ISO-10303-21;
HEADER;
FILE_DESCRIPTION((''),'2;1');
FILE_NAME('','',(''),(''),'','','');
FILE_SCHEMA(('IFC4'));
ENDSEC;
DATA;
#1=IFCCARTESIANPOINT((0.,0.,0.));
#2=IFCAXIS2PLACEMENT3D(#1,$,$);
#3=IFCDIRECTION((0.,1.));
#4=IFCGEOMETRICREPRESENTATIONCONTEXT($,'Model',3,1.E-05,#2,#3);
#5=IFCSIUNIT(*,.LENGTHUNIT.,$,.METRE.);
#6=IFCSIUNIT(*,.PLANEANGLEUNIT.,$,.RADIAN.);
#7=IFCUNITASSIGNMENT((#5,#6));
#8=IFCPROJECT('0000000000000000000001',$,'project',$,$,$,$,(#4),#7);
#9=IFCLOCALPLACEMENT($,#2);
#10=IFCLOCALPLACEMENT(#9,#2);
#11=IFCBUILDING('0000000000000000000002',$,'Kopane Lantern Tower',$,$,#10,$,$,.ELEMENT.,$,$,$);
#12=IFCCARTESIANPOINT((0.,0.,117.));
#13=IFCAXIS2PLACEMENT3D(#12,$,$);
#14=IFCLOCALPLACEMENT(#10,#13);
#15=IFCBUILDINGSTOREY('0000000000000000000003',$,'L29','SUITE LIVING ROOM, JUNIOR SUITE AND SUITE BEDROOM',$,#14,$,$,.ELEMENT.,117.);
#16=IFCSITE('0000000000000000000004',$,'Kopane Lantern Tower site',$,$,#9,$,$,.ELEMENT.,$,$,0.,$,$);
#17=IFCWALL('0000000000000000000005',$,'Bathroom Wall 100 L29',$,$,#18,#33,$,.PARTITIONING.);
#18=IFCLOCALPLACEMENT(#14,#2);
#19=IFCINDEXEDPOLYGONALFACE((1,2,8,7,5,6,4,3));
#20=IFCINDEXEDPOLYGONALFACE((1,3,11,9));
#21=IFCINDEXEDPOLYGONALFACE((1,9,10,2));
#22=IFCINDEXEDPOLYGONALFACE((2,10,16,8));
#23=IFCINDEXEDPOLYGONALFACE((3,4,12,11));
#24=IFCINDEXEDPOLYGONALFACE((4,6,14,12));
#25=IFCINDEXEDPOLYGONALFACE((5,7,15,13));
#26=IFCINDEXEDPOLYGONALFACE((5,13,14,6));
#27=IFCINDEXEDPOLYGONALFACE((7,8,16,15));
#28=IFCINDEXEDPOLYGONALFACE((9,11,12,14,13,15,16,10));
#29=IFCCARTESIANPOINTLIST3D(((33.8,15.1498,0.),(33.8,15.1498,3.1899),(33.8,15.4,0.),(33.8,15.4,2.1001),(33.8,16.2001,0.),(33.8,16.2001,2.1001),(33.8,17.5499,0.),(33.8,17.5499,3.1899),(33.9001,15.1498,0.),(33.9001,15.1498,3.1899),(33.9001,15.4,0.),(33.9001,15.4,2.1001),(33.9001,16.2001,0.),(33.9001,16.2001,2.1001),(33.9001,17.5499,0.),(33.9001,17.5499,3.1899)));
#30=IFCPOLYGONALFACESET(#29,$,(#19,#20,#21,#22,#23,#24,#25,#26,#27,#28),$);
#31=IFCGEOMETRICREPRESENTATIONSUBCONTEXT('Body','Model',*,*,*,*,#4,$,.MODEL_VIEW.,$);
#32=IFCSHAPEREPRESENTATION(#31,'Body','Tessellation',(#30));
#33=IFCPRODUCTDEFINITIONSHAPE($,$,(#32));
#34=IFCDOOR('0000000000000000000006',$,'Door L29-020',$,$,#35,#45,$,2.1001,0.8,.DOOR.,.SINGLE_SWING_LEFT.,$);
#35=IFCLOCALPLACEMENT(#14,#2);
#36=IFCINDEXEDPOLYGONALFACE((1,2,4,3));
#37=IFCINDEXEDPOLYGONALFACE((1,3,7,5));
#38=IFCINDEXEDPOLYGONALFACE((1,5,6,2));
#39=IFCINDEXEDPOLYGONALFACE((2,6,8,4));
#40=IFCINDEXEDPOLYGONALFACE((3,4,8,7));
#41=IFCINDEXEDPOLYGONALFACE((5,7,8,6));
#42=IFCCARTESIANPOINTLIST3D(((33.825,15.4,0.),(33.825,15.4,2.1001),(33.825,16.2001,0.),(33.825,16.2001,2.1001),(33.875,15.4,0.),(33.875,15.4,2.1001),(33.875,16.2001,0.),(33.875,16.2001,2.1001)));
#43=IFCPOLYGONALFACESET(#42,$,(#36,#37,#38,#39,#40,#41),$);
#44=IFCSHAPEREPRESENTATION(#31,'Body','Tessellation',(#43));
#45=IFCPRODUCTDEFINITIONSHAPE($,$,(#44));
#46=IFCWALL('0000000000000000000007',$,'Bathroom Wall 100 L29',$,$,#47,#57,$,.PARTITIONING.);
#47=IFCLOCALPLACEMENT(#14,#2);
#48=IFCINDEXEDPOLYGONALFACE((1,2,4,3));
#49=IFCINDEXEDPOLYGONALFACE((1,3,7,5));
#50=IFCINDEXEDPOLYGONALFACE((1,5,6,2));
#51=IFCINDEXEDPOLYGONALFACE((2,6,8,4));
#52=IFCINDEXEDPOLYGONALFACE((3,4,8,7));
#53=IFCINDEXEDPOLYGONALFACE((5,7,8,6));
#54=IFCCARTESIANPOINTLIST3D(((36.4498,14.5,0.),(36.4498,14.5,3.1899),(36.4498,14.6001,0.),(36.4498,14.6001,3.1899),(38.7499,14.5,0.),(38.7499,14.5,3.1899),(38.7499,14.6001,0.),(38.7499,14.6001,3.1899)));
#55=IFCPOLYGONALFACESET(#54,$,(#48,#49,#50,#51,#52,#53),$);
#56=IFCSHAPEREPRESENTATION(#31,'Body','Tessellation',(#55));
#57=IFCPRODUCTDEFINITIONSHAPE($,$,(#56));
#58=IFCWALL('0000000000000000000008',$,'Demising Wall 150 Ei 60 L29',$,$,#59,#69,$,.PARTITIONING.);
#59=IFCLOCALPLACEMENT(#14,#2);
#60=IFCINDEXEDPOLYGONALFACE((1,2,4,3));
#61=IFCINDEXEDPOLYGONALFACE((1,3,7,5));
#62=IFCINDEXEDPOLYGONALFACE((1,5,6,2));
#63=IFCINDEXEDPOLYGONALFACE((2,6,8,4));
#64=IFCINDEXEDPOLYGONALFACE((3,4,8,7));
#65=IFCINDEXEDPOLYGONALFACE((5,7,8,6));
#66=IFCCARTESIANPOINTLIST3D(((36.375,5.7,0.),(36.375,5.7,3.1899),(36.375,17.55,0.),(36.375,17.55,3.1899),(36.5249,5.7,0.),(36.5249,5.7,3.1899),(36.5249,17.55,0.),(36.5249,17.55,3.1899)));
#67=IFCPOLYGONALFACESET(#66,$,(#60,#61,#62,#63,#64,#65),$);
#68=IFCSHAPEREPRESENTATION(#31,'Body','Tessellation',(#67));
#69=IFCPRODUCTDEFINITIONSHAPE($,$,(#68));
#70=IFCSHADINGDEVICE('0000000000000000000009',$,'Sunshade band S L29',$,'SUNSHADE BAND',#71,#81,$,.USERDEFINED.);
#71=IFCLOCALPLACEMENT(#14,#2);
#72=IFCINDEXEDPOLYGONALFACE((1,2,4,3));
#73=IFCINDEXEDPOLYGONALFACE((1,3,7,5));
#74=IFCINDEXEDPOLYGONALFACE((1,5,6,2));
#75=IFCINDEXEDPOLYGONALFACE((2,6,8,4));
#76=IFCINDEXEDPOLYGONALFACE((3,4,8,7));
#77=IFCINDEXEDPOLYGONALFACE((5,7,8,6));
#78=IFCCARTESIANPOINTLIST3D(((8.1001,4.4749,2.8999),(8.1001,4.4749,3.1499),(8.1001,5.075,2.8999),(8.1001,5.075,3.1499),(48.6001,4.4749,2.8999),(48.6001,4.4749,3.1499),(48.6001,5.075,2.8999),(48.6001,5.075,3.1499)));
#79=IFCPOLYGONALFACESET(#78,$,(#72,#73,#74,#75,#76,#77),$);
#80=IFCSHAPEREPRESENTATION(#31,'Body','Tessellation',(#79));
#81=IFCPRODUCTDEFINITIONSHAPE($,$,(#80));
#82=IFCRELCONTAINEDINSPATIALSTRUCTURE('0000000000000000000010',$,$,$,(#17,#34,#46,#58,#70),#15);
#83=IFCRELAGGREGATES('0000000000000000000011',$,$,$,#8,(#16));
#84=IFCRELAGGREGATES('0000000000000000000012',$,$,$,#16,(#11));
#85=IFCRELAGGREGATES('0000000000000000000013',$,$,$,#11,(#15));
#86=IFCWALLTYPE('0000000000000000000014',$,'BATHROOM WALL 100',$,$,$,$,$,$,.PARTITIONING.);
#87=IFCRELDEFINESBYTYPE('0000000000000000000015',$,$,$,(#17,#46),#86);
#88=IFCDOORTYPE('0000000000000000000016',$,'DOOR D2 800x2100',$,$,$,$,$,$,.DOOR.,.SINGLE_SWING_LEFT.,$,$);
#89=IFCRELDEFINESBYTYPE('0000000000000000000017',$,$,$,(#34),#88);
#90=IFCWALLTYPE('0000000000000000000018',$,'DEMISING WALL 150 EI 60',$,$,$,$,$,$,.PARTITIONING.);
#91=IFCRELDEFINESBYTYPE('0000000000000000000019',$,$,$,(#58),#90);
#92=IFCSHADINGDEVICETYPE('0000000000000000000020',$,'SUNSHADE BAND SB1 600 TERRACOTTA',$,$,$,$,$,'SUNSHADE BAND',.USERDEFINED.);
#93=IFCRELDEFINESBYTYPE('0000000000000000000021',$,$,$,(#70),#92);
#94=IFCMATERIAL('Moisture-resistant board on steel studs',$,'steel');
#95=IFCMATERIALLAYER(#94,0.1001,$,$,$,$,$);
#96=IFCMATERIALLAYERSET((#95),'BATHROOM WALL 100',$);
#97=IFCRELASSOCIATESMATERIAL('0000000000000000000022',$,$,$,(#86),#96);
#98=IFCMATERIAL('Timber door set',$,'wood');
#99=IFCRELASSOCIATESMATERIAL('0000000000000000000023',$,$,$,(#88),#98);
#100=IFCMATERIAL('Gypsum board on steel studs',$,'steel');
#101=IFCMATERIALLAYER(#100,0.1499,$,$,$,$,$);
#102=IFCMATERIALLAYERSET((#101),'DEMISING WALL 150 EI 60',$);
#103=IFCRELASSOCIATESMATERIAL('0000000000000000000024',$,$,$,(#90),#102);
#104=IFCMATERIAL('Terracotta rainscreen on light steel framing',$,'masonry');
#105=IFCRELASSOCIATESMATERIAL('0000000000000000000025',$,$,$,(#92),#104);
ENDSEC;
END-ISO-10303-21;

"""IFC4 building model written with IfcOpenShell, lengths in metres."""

from ifc_helpers import new_model, si_unit, direction, frame, frame_2d, origin, origin_2d, place, context, subcontext, project, spatial, rectangle, extrude, material, layer, layer_set, type_object, element, fill, save


model = new_model("IFC4")

# Units and contexts
model_context = context("Model", 3, precision=1e-05, world=origin(), true_north=direction((0.0, 1.0)))
body_context = subcontext(model_context, "Body", "Model", "MODEL_VIEW")
ifc_project = project(units=[si_unit("LENGTHUNIT", "METRE"), si_unit("PLANEANGLEUNIT", "RADIAN")], contexts=[model_context])

# Site, building, storey
site_placement = place(None, origin())
site = spatial("IfcSite", under=ifc_project, at=site_placement, Name="Kopane Lantern Tower site", CompositionType="ELEMENT", RefElevation=0.0)
building_placement = place(site_placement, origin())
building = spatial("IfcBuilding", under=site, at=building_placement, Name="Kopane Lantern Tower", CompositionType="ELEMENT")
storey_placement = place(building_placement, frame((0.0, 0.0, 117.0)))
storey = spatial("IfcBuildingStorey", under=building, at=storey_placement, Name="L29", Description="SUITE LIVING ROOM, JUNIOR SUITE AND SUITE BEDROOM", CompositionType="ELEMENT", Elevation=117.0)

# Shared definitions
ifc_material_1 = material(Name="Moisture-resistant board on steel studs", Category="steel")
ifc_layer_1 = layer(ifc_material_1, 0.1001)
ifc_layer_set_1 = layer_set([ifc_layer_1], Name="BATHROOM WALL 100")
wall_type_1 = type_object("IfcWallType", Name="BATHROOM WALL 100", PredefinedType="PARTITIONING", material=ifc_layer_set_1)
ifc_material_2 = material(Name="Timber door set", Category="wood")
door_type_1 = type_object("IfcDoorType", Name="DOOR D2 800x2100", OperationType="SINGLE_SWING_LEFT", PredefinedType="DOOR", material=ifc_material_2)

# Wall, opening, door
wall_1_placement = place(storey_placement, frame((33.8501, 17.55, 0.0), z_axis=(0.0, 0.0, 1.0), x_axis=(0.0, -1.0, 0.0)))
wall_1 = element("IfcWall", 1, at=wall_1_placement, inside=storey, type_object=wall_type_1, Name="Bathroom Wall 100 L29", PredefinedType="PARTITIONING", context=body_context, shape_type="SweptSolid", body=[
    extrude(rectangle(XDim=2.4001, YDim=0.1001, at=frame_2d((1.2002, 0.0))), origin(), (0.0, 0.0, 1.0), 3.1899),
])
opening_1_placement = place(wall_1_placement, frame((1.3501, 0.0, 0.0)))
opening_1 = element("IfcOpeningElement", 2, at=opening_1_placement, cuts=wall_1, PredefinedType="OPENING", context=body_context, shape_type="SweptSolid", body=[
    extrude(rectangle(XDim=0.8, YDim=2.1001, at=frame_2d((0.3999, 1.05))), frame((0.0, 0.0601, 0.0), z_axis=(0.0, -1.0, 0.0), x_axis=(1.0, 0.0, 0.0)), (0.0, 0.0, 1.0), 0.1201),
])
door_1_placement = place(opening_1_placement, origin())
door_1 = element("IfcDoor", 3, at=door_1_placement, inside=storey, type_object=door_type_1, Name="Door L29-020", OperationType="SINGLE_SWING_LEFT", OverallHeight=2.1001, OverallWidth=0.8, PredefinedType="DOOR", context=body_context, shape_type="SweptSolid", body=[
    extrude(rectangle(XDim=0.8, YDim=2.1001, at=frame_2d((0.3999, 1.05))), frame((0.0, 0.0249, 0.0), z_axis=(0.0, -1.0, 0.0), x_axis=(1.0, 0.0, 0.0)), (0.0, 0.0, 1.0), 0.05),
])
fill(opening_1, door_1)

# Walls
wall_2_placement = place(storey_placement, frame((36.45, 14.55, 0.0), z_axis=(0.0, 0.0, 1.0), x_axis=(1.0, 0.0, 0.0)))
element("IfcWall", 4, at=wall_2_placement, inside=storey, type_object=wall_type_1, Name="Bathroom Wall 100 L29", PredefinedType="PARTITIONING", context=body_context, shape_type="SweptSolid", body=[
    extrude(rectangle(XDim=2.3, YDim=0.1001, at=frame_2d((1.1499, 0.0))), origin(), (0.0, 0.0, 1.0), 3.1899),
])
ifc_material_3 = material(Name="Gypsum board on steel studs", Category="steel")
ifc_layer_2 = layer(ifc_material_3, 0.1499)
ifc_layer_set_2 = layer_set([ifc_layer_2], Name="DEMISING WALL 150 EI 60")
wall_type_2 = type_object("IfcWallType", Name="DEMISING WALL 150 EI 60", PredefinedType="PARTITIONING", material=ifc_layer_set_2)
wall_3_placement = place(storey_placement, frame((36.45, 17.55, 0.0), z_axis=(0.0, 0.0, 1.0), x_axis=(0.0, -1.0, 0.0)))
element("IfcWall", 5, at=wall_3_placement, inside=storey, type_object=wall_type_2, Name="Demising Wall 150 Ei 60 L29", PredefinedType="PARTITIONING", context=body_context, shape_type="SweptSolid", body=[
    extrude(rectangle(XDim=11.8501, YDim=0.1499, at=frame_2d((5.925, 0.0))), origin(), (0.0, 0.0, 1.0), 3.1899),
])

# Shading device
ifc_material_4 = material(Name="Terracotta rainscreen on light steel framing", Category="masonry")
shading_device_type = type_object("IfcShadingDeviceType", Name="SUNSHADE BAND SB1 600 TERRACOTTA", ElementType="SUNSHADE BAND", PredefinedType="USERDEFINED", material=ifc_material_4)
shading_device_placement = place(storey_placement, frame((28.3501, 4.7749, 2.8999), z_axis=(0.0, 0.0, 1.0), x_axis=(1.0, 0.0, 0.0)))
element("IfcShadingDevice", 6, at=shading_device_placement, inside=storey, type_object=shading_device_type, Name="Sunshade band S L29", ObjectType="SUNSHADE BAND", PredefinedType="USERDEFINED", context=body_context, shape_type="SweptSolid", body=[
    extrude(rectangle(XDim=40.5, YDim=0.6001, at=origin_2d()), origin(), (0.0, 0.0, 1.0), 0.25),
])

save(model, "model.ifc")
